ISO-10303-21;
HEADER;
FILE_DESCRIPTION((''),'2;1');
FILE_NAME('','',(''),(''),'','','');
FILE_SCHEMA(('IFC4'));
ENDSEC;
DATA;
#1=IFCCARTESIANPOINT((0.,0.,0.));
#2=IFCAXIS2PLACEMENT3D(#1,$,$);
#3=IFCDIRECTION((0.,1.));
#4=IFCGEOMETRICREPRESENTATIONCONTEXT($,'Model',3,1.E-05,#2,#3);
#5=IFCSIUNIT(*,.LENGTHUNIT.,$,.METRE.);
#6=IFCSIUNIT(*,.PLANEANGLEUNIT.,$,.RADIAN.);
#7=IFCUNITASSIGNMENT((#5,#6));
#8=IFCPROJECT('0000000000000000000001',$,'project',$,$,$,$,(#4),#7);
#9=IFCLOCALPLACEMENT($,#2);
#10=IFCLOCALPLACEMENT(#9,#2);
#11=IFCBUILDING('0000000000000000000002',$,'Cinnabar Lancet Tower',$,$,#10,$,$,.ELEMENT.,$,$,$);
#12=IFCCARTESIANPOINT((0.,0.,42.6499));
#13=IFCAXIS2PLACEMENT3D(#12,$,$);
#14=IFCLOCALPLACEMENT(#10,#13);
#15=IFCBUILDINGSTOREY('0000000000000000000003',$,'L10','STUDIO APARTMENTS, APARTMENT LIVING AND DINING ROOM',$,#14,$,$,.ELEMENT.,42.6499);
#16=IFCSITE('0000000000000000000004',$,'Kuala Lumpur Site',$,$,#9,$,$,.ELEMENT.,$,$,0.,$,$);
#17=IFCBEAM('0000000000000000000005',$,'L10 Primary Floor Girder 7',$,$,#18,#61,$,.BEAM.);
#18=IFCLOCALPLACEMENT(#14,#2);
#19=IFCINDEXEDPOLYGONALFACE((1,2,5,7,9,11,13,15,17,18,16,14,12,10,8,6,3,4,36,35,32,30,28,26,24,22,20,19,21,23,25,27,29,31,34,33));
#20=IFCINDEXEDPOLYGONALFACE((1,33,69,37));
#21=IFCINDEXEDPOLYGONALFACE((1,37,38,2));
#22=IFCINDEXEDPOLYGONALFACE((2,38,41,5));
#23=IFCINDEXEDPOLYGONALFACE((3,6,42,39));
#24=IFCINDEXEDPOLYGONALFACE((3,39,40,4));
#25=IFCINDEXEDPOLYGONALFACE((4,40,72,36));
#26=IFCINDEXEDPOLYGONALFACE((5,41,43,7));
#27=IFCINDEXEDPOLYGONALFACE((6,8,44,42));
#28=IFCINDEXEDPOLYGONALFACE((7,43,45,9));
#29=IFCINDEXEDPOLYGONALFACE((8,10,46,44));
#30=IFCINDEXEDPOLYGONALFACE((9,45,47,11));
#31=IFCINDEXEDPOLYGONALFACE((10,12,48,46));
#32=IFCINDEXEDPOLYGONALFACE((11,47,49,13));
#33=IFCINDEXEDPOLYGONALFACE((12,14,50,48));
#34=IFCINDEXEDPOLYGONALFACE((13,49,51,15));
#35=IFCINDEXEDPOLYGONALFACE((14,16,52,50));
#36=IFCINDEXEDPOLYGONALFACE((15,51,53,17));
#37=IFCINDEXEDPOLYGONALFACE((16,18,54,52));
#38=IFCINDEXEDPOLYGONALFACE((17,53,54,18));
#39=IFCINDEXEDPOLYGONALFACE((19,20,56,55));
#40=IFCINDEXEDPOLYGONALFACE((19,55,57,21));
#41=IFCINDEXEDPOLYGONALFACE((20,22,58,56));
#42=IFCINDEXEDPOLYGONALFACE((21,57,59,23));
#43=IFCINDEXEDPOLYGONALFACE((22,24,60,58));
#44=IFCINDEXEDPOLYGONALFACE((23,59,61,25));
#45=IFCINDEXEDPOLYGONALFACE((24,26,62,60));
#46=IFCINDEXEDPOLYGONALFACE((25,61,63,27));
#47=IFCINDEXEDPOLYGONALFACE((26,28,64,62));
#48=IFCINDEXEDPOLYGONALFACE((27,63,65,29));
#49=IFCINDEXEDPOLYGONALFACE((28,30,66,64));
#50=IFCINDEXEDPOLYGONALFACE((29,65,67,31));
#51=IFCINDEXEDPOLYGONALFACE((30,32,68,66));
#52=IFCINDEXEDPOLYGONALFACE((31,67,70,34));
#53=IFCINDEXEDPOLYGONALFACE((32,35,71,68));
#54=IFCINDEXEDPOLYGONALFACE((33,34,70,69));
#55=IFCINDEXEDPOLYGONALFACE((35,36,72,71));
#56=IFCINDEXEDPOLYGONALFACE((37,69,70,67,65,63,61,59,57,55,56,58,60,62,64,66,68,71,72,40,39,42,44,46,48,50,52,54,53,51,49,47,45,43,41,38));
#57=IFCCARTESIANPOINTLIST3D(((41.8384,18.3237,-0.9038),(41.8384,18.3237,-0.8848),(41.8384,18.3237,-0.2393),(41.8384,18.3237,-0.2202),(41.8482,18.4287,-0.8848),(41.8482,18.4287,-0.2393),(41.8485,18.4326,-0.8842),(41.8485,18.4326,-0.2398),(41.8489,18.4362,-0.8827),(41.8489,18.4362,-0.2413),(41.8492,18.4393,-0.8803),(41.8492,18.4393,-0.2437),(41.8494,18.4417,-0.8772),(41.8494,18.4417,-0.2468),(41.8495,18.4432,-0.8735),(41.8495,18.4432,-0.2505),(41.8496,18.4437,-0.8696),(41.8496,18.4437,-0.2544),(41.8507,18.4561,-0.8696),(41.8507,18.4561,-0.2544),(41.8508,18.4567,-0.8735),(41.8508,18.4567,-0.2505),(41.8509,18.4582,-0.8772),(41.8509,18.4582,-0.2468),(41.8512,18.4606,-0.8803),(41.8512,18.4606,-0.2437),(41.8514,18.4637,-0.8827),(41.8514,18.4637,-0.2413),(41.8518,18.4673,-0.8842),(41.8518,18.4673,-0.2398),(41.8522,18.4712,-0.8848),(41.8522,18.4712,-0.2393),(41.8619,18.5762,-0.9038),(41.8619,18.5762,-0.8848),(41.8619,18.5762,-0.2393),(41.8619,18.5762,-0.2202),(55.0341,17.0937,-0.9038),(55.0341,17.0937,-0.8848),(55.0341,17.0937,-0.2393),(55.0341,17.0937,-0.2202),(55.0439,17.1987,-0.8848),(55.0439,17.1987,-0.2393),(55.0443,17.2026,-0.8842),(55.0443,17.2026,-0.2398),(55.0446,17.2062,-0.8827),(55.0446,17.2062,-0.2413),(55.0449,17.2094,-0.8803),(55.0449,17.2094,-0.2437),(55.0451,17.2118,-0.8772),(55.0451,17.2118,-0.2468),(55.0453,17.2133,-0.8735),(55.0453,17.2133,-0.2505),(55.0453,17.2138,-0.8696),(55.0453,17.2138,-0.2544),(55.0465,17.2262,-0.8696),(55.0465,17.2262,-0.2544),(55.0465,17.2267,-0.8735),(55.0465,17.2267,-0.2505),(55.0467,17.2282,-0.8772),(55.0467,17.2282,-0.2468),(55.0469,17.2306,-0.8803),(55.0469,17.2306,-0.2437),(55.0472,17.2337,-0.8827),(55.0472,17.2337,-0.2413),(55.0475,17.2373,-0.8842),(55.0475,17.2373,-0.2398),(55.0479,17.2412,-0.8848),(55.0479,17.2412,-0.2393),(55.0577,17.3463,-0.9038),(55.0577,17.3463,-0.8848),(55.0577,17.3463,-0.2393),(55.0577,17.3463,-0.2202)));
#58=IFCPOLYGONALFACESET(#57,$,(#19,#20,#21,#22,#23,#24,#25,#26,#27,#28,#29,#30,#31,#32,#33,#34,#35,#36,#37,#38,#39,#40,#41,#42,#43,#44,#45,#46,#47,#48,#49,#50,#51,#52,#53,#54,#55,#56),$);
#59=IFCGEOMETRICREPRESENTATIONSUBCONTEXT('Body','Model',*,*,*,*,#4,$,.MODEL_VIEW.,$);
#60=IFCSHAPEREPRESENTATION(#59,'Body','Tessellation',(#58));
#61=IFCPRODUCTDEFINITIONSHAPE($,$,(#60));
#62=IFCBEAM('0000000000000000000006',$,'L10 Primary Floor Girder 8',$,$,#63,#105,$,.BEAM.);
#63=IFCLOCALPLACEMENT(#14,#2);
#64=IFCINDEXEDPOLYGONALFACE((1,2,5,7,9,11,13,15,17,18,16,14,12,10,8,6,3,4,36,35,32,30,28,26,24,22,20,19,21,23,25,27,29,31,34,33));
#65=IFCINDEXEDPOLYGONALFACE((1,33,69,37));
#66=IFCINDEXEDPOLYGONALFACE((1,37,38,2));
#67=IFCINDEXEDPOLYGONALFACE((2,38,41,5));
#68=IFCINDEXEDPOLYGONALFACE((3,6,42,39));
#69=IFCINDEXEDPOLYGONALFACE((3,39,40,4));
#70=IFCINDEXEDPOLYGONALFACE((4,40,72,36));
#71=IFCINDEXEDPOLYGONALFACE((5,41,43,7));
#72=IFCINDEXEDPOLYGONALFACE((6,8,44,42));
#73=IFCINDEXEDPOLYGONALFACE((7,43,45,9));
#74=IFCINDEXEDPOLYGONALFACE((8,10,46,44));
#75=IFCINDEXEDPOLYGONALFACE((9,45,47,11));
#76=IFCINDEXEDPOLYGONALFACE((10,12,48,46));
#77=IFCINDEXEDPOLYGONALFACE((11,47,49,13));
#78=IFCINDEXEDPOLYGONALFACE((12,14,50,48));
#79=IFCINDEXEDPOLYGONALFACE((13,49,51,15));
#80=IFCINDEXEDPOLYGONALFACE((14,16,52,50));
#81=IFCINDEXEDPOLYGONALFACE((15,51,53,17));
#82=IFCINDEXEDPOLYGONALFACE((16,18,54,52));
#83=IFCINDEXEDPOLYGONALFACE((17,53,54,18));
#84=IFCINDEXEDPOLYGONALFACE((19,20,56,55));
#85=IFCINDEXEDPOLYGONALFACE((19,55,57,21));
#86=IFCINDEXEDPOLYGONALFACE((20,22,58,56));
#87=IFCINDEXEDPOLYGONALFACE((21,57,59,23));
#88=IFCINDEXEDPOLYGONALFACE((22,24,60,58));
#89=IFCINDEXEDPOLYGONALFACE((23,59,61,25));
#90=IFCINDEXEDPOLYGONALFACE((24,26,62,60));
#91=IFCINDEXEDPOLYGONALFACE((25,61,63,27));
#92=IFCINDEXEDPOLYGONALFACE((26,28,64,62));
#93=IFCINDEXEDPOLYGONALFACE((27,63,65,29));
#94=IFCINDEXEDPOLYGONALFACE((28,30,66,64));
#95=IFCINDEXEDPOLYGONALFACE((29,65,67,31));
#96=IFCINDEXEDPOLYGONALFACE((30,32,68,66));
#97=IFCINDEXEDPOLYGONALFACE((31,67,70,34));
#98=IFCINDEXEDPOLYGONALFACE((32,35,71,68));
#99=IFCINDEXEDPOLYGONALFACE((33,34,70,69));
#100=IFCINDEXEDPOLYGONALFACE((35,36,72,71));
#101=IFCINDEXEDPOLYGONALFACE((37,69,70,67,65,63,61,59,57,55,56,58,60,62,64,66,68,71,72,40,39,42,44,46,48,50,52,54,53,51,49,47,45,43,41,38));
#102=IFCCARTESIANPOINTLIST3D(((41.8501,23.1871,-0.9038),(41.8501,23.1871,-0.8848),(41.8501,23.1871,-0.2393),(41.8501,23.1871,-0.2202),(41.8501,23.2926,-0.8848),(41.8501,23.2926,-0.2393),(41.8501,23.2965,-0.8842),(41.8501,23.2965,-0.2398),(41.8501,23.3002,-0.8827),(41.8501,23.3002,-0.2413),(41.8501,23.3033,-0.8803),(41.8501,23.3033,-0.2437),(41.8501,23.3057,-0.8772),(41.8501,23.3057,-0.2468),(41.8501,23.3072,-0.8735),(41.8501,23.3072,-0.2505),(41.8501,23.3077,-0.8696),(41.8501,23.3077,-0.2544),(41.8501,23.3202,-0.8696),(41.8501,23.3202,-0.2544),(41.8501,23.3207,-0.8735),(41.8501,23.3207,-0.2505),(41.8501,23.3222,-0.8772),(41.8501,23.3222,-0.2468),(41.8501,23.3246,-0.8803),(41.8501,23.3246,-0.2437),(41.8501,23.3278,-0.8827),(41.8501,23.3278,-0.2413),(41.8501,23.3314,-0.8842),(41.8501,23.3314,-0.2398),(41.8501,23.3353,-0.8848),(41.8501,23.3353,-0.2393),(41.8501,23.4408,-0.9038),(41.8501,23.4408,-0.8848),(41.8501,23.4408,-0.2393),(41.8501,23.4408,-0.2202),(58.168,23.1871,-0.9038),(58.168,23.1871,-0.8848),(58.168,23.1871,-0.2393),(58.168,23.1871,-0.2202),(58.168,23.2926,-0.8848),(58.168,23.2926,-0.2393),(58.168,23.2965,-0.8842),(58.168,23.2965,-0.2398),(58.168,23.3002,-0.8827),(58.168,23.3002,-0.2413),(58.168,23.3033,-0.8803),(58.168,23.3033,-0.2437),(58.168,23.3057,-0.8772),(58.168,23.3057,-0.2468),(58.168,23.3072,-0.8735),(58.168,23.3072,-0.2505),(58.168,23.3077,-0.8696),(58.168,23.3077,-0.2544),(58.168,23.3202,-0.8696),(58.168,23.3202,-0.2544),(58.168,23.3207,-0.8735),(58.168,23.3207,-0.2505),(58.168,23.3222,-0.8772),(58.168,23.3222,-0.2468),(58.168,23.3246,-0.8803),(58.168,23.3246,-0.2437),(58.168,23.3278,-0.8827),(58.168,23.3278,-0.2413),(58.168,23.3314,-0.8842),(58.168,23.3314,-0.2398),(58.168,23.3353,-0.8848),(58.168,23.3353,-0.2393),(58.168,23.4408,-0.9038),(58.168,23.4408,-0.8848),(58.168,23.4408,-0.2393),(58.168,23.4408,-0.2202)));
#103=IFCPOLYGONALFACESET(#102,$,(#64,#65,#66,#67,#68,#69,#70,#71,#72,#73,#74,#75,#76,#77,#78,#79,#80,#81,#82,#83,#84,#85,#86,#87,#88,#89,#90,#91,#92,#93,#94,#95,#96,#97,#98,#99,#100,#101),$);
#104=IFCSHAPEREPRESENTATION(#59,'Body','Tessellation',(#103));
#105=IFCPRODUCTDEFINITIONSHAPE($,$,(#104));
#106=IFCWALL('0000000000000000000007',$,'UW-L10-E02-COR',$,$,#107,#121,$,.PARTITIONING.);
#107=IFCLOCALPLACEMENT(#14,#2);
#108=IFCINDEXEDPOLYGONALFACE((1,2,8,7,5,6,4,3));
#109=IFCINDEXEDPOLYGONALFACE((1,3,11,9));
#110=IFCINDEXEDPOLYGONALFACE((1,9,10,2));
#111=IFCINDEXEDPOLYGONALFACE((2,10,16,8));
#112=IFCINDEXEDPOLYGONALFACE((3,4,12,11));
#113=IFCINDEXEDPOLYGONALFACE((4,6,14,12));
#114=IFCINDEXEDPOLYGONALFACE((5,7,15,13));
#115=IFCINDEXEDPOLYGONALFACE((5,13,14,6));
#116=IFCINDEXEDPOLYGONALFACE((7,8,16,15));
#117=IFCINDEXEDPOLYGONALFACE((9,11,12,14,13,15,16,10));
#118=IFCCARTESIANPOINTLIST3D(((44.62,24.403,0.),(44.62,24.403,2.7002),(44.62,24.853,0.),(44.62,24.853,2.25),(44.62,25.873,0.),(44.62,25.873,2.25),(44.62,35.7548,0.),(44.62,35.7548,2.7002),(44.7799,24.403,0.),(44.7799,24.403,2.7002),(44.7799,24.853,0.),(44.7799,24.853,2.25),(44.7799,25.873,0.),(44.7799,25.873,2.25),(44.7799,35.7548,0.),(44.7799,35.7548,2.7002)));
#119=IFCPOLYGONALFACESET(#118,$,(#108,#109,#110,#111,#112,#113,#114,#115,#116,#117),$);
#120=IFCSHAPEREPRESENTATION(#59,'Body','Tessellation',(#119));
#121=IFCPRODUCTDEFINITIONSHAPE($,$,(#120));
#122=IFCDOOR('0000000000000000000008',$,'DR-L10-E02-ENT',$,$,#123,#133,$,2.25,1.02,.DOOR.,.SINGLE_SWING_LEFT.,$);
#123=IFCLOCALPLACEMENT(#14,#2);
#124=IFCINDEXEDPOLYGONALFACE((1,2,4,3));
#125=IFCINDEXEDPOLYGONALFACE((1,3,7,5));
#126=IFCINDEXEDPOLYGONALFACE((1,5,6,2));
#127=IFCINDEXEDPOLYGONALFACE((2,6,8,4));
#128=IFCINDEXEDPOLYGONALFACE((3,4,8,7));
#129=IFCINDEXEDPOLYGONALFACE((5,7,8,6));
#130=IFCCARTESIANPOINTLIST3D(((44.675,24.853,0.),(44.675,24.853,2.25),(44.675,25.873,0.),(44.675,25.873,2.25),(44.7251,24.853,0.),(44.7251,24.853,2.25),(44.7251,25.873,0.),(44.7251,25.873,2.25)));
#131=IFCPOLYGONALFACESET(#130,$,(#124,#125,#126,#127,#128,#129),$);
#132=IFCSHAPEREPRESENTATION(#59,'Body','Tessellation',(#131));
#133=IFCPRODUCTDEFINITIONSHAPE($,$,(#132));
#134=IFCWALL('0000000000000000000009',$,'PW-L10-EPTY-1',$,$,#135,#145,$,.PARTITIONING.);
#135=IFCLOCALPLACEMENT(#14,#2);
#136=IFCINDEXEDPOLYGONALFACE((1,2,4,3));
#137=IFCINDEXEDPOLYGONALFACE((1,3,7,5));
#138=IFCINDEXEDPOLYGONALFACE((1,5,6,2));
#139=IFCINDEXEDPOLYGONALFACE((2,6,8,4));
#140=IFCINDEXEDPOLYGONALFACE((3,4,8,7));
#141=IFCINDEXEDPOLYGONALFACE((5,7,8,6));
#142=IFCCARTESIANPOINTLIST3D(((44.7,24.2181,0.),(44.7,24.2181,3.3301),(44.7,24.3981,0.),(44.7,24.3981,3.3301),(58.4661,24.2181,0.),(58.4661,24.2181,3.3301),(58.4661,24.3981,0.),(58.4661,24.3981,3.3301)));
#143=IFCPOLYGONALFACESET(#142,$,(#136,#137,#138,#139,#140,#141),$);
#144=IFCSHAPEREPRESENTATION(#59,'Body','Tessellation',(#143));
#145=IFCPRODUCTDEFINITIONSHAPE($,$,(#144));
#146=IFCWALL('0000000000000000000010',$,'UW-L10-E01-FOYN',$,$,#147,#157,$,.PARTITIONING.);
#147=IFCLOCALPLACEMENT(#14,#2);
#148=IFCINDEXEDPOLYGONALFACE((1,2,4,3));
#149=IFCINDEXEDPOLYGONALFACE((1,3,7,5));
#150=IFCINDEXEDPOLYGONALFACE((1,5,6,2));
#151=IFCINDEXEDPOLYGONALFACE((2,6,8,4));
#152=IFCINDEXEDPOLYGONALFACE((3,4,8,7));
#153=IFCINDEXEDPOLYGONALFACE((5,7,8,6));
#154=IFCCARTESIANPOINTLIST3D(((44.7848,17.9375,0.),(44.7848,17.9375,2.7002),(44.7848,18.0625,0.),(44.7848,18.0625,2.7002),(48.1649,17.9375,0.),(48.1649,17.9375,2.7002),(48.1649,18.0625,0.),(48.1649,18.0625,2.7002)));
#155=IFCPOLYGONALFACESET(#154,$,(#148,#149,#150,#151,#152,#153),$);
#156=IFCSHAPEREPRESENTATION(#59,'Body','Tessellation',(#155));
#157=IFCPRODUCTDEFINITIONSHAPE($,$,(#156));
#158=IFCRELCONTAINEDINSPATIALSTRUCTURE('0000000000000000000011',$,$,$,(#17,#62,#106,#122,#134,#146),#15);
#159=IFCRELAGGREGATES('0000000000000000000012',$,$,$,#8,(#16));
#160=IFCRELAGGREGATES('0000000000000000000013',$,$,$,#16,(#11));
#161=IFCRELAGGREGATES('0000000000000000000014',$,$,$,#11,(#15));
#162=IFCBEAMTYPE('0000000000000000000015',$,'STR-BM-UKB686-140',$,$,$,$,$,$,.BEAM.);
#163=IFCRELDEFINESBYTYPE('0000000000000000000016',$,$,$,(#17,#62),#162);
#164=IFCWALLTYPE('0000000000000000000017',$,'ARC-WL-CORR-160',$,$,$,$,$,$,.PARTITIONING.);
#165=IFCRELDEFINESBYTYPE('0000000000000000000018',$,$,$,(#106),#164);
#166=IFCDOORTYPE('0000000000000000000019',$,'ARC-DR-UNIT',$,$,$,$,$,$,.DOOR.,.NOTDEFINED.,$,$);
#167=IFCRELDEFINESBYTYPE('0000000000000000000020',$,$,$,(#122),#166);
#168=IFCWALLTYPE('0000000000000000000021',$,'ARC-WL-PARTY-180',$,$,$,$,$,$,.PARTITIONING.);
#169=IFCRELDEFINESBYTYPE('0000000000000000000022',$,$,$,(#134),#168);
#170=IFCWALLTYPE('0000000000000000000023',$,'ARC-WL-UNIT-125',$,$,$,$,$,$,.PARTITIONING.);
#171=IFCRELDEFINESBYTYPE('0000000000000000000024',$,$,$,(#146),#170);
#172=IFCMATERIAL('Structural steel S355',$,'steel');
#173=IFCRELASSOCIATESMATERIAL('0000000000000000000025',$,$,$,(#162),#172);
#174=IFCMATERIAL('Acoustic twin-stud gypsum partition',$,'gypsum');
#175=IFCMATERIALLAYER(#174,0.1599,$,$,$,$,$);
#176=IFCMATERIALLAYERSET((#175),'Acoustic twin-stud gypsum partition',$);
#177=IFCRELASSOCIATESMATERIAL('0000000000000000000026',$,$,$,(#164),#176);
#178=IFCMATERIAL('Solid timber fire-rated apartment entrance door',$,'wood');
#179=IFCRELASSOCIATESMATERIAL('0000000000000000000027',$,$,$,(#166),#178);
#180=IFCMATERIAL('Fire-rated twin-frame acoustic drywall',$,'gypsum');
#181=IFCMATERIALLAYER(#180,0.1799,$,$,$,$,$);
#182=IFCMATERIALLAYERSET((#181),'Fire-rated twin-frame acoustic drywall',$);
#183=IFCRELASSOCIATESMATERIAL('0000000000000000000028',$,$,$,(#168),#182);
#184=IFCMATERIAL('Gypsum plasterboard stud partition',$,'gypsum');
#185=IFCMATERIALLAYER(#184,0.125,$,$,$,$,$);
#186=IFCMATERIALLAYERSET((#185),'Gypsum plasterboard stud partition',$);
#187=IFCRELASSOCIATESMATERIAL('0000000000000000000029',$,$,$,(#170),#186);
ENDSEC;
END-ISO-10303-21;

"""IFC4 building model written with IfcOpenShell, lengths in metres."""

from ifc_helpers import new_model, si_unit, direction, frame, frame_2d, origin, origin_2d, place, context, subcontext, project, spatial, rectangle, i_section, extrude, material, layer, layer_set, material_profile, profile_set, type_object, element, fill, save


model = new_model("IFC4")

# Units and contexts
model_context = context("Model", 3, precision=1e-05, world=origin(), true_north=direction((0.0, 1.0)))
body_context = subcontext(model_context, "Body", "Model", "MODEL_VIEW")
ifc_project = project(units=[si_unit("LENGTHUNIT", "METRE"), si_unit("PLANEANGLEUNIT", "RADIAN")], contexts=[model_context])

# Site, building, storey
site_placement = place(None, origin())
site = spatial("IfcSite", under=ifc_project, at=site_placement, Name="Kuala Lumpur Site", CompositionType="ELEMENT", RefElevation=0.0)
building_placement = place(site_placement, origin())
building = spatial("IfcBuilding", under=site, at=building_placement, Name="Cinnabar Lancet Tower", CompositionType="ELEMENT")
storey_placement = place(building_placement, frame((0.0, 0.0, 42.6499)))
storey = spatial("IfcBuildingStorey", under=building, at=storey_placement, Name="L10", Description="STUDIO APARTMENTS, APARTMENT LIVING AND DINING ROOM", CompositionType="ELEMENT", Elevation=42.6499)

# Beams
ifc_material_1 = material(Name="Structural steel S355", Category="steel")
ifc_material_profile_1 = material_profile(ifc_material_1, i_section(OverallWidth=0.2537, OverallDepth=0.6836, WebThickness=0.0125, FlangeThickness=0.019, FilletRadius=0.0151, at=origin_2d()), Name="UKB 686x254x140")
ifc_profile_set_1 = profile_set([ifc_material_profile_1], Name="Structural steel S355")
beam_type_1 = type_object("IfcBeamType", Name="STR-BM-UKB686-140", PredefinedType="BEAM", material=ifc_profile_set_1)
beam_1_placement = place(storey_placement, frame((55.0459, 17.22, -0.562), z_axis=(-0.995684, 0.092808, 0.0), x_axis=(-0.092808, -0.995684, 0.0)))
element("IfcBeam", 1, at=beam_1_placement, inside=storey, type_object=beam_type_1, Name="L10 Primary Floor Girder 7", PredefinedType="BEAM", context=body_context, shape_type="SweptSolid", body=[
    extrude(i_section(OverallWidth=0.2537, OverallDepth=0.6836, WebThickness=0.0125, FlangeThickness=0.019, FilletRadius=0.0151, at=origin_2d()), origin(), (0.0, 0.0, 1.0), 13.2529),
])
beam_2_placement = place(storey_placement, frame((58.168, 23.314, -0.562), z_axis=(-1.0, 0.0, 0.0), x_axis=(0.0, -1.0, 0.0)))
element("IfcBeam", 2, at=beam_2_placement, inside=storey, type_object=beam_type_1, Name="L10 Primary Floor Girder 8", PredefinedType="BEAM", context=body_context, shape_type="SweptSolid", body=[
    extrude(i_section(OverallWidth=0.2537, OverallDepth=0.6836, WebThickness=0.0125, FlangeThickness=0.019, FilletRadius=0.0151, at=origin_2d()), origin(), (0.0, 0.0, 1.0), 16.3179),
])

# Wall, opening, door
ifc_material_2 = material(Name="Acoustic twin-stud gypsum partition", Category="gypsum")
ifc_layer_1 = layer(ifc_material_2, 0.1599)
ifc_layer_set_1 = layer_set([ifc_layer_1], Name="Acoustic twin-stud gypsum partition")
wall_type_1 = type_object("IfcWallType", Name="ARC-WL-CORR-160", PredefinedType="PARTITIONING", material=ifc_layer_set_1)
wall_1_placement = place(storey_placement, frame((44.7, 24.4031, 0.0), z_axis=(0.0, 0.0, 1.0), x_axis=(0.0, 1.0, 0.0)))
wall_1 = element("IfcWall", 3, at=wall_1_placement, inside=storey, type_object=wall_type_1, Name="UW-L10-E02-COR", PredefinedType="PARTITIONING", context=body_context, shape_type="SweptSolid", body=[
    extrude(rectangle(XDim=11.3518, YDim=0.1599, at=frame_2d((5.6758, 0.0))), origin(), (0.0, 0.0, 1.0), 2.7002),
])
opening_1_placement = place(wall_1_placement, frame((0.45, 0.0, 0.0)))
opening_1 = element("IfcOpeningElement", 4, at=opening_1_placement, cuts=wall_1, PredefinedType="OPENING", context=body_context, shape_type="SweptSolid", body=[
    extrude(rectangle(XDim=1.02, YDim=2.25, at=frame_2d((0.51, 1.125))), frame((0.0, 0.0898, 0.0), z_axis=(0.0, -1.0, 0.0), x_axis=(1.0, 0.0, 0.0)), (0.0, 0.0, 1.0), 0.1799),
])
ifc_material_3 = material(Name="Solid timber fire-rated apartment entrance door", Category="wood")
door_type_1 = type_object("IfcDoorType", Name="ARC-DR-UNIT", OperationType="NOTDEFINED", PredefinedType="DOOR", material=ifc_material_3)
door_1_placement = place(opening_1_placement, origin())
door_1 = element("IfcDoor", 5, at=door_1_placement, inside=storey, type_object=door_type_1, Name="DR-L10-E02-ENT", OperationType="SINGLE_SWING_LEFT", OverallHeight=2.25, OverallWidth=1.02, PredefinedType="DOOR", context=body_context, shape_type="SweptSolid", body=[
    extrude(rectangle(XDim=1.02, YDim=2.25, at=frame_2d((0.51, 1.125))), frame((0.0, 0.0249, 0.0), z_axis=(0.0, -1.0, 0.0), x_axis=(1.0, 0.0, 0.0)), (0.0, 0.0, 1.0), 0.05),
])
fill(opening_1, door_1)

# Walls
ifc_material_4 = material(Name="Fire-rated twin-frame acoustic drywall", Category="gypsum")
ifc_layer_2 = layer(ifc_material_4, 0.1799)
ifc_layer_set_2 = layer_set([ifc_layer_2], Name="Fire-rated twin-frame acoustic drywall")
wall_type_2 = type_object("IfcWallType", Name="ARC-WL-PARTY-180", PredefinedType="PARTITIONING", material=ifc_layer_set_2)
wall_2_placement = place(storey_placement, frame((44.7, 24.3081, 0.0), z_axis=(0.0, 0.0, 1.0), x_axis=(1.0, 0.0, 0.0)))
element("IfcWall", 6, at=wall_2_placement, inside=storey, type_object=wall_type_2, Name="PW-L10-EPTY-1", PredefinedType="PARTITIONING", context=body_context, shape_type="SweptSolid", body=[
    extrude(rectangle(XDim=13.7661, YDim=0.1799, at=frame_2d((6.8831, 0.0))), origin(), (0.0, 0.0, 1.0), 3.3301),
])
ifc_material_5 = material(Name="Gypsum plasterboard stud partition", Category="gypsum")
ifc_layer_3 = layer(ifc_material_5, 0.125)
ifc_layer_set_3 = layer_set([ifc_layer_3], Name="Gypsum plasterboard stud partition")
wall_type_3 = type_object("IfcWallType", Name="ARC-WL-UNIT-125", PredefinedType="PARTITIONING", material=ifc_layer_set_3)
wall_3_placement = place(storey_placement, frame((44.7849, 18.0, 0.0), z_axis=(0.0, 0.0, 1.0), x_axis=(1.0, 0.0, 0.0)))
element("IfcWall", 7, at=wall_3_placement, inside=storey, type_object=wall_type_3, Name="UW-L10-E01-FOYN", PredefinedType="PARTITIONING", context=body_context, shape_type="SweptSolid", body=[
    extrude(rectangle(XDim=3.3801, YDim=0.125, at=frame_2d((1.6899, 0.0))), origin(), (0.0, 0.0, 1.0), 2.7002),
])

save(model, "model.ifc")
